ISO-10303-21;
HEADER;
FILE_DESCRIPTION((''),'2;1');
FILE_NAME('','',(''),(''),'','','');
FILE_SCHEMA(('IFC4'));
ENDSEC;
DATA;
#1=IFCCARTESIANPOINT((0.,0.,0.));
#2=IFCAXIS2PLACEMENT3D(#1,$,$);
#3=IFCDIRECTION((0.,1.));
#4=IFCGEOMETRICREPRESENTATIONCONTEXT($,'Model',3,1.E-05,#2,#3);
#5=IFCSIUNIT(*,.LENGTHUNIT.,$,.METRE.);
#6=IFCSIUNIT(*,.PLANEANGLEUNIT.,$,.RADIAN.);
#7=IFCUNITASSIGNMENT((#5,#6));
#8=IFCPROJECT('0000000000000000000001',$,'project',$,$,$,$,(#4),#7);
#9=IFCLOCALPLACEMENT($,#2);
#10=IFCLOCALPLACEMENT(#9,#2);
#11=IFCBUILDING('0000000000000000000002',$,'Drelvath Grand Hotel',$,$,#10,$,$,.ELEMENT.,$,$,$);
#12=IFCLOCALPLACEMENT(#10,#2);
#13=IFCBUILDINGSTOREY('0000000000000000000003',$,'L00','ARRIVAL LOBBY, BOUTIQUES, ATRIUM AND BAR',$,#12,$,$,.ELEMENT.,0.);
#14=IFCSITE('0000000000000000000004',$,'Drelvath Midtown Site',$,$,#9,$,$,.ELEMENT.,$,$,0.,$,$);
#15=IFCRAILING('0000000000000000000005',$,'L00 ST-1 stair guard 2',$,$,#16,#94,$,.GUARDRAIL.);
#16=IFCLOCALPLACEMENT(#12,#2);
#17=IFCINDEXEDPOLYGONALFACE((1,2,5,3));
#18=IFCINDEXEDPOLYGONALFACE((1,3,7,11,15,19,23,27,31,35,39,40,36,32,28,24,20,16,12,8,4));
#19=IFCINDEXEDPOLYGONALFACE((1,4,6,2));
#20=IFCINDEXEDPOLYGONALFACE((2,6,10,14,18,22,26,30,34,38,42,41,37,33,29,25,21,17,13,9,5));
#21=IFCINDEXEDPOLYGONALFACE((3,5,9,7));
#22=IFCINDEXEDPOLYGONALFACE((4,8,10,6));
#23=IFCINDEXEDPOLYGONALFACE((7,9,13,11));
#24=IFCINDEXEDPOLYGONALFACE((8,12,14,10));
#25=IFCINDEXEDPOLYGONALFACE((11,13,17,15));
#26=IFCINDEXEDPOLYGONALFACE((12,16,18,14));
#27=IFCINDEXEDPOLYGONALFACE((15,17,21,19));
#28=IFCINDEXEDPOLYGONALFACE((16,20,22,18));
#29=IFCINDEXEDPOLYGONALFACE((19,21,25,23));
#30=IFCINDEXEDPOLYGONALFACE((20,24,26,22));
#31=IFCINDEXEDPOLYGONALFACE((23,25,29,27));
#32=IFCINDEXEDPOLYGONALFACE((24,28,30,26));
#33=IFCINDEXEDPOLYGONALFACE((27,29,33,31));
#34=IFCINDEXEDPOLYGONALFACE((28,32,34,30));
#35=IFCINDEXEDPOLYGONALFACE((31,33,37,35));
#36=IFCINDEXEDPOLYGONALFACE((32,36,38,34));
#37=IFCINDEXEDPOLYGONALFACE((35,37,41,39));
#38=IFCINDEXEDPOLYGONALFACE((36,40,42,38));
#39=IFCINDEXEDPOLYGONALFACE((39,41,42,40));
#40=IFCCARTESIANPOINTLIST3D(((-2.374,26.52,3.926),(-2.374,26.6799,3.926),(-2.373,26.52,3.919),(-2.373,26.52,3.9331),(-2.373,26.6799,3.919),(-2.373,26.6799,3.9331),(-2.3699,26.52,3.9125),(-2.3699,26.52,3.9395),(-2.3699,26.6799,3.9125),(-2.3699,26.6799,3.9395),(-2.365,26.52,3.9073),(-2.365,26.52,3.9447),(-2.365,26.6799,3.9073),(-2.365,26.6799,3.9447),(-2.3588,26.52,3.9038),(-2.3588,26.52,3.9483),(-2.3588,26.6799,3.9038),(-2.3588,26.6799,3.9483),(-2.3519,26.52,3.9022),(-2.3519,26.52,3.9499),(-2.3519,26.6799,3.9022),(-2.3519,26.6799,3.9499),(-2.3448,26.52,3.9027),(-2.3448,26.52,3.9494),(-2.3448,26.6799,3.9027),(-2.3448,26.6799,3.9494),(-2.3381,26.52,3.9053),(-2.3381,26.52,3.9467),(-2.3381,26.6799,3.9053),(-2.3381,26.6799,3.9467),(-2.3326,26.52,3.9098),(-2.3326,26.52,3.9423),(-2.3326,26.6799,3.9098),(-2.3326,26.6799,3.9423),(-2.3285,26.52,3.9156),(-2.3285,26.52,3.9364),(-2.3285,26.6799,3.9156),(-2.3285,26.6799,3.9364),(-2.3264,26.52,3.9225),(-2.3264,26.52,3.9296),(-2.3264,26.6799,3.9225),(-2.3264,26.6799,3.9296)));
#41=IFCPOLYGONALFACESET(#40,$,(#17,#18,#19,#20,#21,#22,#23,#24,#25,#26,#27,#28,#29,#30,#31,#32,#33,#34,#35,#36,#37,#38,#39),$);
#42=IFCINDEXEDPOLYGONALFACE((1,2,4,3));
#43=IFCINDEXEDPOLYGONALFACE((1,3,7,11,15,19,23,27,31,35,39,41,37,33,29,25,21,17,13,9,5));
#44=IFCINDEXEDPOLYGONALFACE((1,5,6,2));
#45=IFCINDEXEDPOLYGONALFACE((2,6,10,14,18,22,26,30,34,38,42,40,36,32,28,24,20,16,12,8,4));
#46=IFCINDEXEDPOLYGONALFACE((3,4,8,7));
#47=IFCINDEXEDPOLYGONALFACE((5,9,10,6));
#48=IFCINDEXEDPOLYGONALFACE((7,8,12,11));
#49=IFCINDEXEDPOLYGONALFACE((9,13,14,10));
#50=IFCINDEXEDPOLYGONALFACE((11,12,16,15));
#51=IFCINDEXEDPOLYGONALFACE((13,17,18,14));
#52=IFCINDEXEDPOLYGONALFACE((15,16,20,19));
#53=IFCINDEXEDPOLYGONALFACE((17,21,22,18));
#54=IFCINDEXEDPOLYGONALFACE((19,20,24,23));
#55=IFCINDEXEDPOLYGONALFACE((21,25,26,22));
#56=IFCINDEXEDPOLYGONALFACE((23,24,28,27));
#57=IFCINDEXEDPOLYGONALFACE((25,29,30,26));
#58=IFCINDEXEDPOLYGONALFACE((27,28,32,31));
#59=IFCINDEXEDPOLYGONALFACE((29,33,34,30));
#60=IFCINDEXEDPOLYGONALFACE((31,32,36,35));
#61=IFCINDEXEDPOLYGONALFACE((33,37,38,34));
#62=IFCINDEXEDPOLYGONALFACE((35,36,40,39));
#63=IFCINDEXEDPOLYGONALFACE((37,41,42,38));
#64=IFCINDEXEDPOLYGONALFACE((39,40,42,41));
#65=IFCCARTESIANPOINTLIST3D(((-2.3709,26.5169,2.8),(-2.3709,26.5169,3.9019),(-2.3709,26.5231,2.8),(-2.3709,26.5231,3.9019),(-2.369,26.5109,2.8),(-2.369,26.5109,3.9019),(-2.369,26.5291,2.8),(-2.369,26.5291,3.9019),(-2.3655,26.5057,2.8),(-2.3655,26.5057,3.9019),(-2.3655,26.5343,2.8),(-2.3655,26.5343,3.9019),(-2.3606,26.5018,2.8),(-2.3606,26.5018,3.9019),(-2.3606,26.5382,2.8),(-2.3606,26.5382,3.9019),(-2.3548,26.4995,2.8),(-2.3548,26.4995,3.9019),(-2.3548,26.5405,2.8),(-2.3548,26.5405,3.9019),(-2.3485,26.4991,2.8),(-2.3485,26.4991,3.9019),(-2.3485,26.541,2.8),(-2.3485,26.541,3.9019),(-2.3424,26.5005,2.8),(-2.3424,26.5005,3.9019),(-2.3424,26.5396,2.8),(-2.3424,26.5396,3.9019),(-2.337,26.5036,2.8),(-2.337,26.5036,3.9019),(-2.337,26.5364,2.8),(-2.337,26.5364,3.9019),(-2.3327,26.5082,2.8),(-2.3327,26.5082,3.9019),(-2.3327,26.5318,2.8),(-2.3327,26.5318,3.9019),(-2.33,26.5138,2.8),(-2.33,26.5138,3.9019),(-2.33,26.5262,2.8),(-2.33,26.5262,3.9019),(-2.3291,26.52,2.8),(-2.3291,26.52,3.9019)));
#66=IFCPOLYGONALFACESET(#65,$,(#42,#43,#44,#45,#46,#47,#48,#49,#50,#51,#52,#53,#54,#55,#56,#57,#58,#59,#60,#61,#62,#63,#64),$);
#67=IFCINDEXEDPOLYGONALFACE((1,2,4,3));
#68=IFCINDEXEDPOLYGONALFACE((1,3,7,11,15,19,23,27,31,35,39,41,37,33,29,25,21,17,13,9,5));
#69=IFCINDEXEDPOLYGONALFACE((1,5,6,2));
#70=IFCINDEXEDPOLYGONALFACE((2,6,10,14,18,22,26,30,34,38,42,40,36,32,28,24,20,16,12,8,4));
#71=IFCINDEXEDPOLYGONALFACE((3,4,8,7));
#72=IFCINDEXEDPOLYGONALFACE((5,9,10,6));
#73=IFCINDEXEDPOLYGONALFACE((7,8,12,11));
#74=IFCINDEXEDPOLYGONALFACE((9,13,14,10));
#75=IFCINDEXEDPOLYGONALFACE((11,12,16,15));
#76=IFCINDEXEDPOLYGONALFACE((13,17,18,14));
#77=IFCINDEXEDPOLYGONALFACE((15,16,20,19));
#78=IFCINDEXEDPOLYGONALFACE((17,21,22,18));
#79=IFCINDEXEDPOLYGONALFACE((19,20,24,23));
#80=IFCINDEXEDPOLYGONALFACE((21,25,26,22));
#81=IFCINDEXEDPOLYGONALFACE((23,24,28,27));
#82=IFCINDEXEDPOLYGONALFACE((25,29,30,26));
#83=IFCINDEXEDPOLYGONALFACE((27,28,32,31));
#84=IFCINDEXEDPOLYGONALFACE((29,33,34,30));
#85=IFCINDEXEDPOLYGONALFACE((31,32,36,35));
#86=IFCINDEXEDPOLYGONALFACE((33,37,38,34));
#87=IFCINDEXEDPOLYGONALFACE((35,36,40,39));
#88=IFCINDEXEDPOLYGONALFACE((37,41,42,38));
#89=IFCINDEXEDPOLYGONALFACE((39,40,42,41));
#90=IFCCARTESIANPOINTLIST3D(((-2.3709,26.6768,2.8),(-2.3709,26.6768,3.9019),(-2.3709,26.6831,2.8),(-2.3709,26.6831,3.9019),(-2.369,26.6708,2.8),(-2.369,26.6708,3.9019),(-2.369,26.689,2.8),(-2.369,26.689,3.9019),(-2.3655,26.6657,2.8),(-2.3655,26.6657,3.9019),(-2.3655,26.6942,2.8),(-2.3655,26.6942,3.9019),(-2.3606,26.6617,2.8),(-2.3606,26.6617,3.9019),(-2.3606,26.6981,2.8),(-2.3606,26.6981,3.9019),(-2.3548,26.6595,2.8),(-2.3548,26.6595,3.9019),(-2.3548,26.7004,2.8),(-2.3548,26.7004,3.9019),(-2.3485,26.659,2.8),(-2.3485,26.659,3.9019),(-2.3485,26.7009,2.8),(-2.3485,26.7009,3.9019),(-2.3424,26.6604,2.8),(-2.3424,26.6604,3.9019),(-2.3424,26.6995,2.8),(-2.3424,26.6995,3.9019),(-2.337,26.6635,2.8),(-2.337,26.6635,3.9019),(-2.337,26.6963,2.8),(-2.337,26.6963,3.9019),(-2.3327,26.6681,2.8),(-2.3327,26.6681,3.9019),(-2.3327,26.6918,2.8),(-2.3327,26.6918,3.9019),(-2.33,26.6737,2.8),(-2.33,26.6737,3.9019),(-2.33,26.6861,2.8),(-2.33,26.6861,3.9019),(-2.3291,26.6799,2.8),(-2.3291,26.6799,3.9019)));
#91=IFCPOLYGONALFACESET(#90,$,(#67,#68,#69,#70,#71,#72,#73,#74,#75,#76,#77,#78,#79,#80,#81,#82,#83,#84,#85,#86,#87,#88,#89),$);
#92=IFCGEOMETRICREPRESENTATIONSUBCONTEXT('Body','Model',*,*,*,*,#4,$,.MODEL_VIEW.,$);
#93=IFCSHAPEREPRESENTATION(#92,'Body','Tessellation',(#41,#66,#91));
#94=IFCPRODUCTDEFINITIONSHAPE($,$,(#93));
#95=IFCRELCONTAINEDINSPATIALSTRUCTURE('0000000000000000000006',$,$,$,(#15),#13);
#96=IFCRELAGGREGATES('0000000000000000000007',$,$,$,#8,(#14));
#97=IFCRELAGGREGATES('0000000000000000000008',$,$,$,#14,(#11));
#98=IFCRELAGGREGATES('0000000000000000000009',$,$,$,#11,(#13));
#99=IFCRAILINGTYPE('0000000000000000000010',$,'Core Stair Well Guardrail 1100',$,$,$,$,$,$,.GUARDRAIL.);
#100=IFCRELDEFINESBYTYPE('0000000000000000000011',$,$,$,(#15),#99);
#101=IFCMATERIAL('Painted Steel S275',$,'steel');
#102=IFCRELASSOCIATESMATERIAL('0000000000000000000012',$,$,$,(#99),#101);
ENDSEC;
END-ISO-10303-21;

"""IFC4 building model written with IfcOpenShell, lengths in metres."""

from ifc_helpers import new_model, si_unit, direction, frame, origin, origin_2d, place, context, subcontext, project, spatial, circle, extrude, material, type_object, element, save


model = new_model("IFC4")

# Units and contexts
model_context = context("Model", 3, precision=1e-05, world=origin(), true_north=direction((0.0, 1.0)))
body_context = subcontext(model_context, "Body", "Model", "MODEL_VIEW")
ifc_project = project(units=[si_unit("LENGTHUNIT", "METRE"), si_unit("PLANEANGLEUNIT", "RADIAN")], contexts=[model_context])

# Site, building, storey
site_placement = place(None, origin())
site = spatial("IfcSite", under=ifc_project, at=site_placement, Name="Drelvath Midtown Site", CompositionType="ELEMENT", RefElevation=0.0)
building_placement = place(site_placement, origin())
building = spatial("IfcBuilding", under=site, at=building_placement, Name="Drelvath Grand Hotel", CompositionType="ELEMENT")
storey_placement = place(building_placement, origin())
storey = spatial("IfcBuildingStorey", under=building, at=storey_placement, Name="L00", Description="ARRIVAL LOBBY, BOUTIQUES, ATRIUM AND BAR", CompositionType="ELEMENT", Elevation=0.0)

# Shared definitions
ifc_material_1 = material(Name="Painted Steel S275", Category="steel")

# Railing
railing_type_1 = type_object("IfcRailingType", Name="Core Stair Well Guardrail 1100", PredefinedType="GUARDRAIL", material=ifc_material_1)
railing_1_placement = place(storey_placement, frame((-2.3501, 26.52, 2.8)))
element("IfcRailing", 1, at=railing_1_placement, inside=storey, type_object=railing_type_1, Name="L00 ST-1 stair guard 2", PredefinedType="GUARDRAIL", context=body_context, shape_type="SweptSolid", body=[
    extrude(circle(Radius=0.0239, at=origin_2d()), frame((0.0, 0.0, 1.126), z_axis=(0.0, 1.0, 0.0), x_axis=(-1.0, 0.0, 0.0)), (0.0, 0.0, 1.0), 0.1599),
    extrude(circle(Radius=0.021, at=origin_2d()), origin(), (0.0, 0.0, 1.0), 1.1018),
    extrude(circle(Radius=0.021, at=origin_2d()), frame((0.0, 0.1599, 0.0)), (0.0, 0.0, 1.0), 1.1018),
])

save(model, "model.ifc")
